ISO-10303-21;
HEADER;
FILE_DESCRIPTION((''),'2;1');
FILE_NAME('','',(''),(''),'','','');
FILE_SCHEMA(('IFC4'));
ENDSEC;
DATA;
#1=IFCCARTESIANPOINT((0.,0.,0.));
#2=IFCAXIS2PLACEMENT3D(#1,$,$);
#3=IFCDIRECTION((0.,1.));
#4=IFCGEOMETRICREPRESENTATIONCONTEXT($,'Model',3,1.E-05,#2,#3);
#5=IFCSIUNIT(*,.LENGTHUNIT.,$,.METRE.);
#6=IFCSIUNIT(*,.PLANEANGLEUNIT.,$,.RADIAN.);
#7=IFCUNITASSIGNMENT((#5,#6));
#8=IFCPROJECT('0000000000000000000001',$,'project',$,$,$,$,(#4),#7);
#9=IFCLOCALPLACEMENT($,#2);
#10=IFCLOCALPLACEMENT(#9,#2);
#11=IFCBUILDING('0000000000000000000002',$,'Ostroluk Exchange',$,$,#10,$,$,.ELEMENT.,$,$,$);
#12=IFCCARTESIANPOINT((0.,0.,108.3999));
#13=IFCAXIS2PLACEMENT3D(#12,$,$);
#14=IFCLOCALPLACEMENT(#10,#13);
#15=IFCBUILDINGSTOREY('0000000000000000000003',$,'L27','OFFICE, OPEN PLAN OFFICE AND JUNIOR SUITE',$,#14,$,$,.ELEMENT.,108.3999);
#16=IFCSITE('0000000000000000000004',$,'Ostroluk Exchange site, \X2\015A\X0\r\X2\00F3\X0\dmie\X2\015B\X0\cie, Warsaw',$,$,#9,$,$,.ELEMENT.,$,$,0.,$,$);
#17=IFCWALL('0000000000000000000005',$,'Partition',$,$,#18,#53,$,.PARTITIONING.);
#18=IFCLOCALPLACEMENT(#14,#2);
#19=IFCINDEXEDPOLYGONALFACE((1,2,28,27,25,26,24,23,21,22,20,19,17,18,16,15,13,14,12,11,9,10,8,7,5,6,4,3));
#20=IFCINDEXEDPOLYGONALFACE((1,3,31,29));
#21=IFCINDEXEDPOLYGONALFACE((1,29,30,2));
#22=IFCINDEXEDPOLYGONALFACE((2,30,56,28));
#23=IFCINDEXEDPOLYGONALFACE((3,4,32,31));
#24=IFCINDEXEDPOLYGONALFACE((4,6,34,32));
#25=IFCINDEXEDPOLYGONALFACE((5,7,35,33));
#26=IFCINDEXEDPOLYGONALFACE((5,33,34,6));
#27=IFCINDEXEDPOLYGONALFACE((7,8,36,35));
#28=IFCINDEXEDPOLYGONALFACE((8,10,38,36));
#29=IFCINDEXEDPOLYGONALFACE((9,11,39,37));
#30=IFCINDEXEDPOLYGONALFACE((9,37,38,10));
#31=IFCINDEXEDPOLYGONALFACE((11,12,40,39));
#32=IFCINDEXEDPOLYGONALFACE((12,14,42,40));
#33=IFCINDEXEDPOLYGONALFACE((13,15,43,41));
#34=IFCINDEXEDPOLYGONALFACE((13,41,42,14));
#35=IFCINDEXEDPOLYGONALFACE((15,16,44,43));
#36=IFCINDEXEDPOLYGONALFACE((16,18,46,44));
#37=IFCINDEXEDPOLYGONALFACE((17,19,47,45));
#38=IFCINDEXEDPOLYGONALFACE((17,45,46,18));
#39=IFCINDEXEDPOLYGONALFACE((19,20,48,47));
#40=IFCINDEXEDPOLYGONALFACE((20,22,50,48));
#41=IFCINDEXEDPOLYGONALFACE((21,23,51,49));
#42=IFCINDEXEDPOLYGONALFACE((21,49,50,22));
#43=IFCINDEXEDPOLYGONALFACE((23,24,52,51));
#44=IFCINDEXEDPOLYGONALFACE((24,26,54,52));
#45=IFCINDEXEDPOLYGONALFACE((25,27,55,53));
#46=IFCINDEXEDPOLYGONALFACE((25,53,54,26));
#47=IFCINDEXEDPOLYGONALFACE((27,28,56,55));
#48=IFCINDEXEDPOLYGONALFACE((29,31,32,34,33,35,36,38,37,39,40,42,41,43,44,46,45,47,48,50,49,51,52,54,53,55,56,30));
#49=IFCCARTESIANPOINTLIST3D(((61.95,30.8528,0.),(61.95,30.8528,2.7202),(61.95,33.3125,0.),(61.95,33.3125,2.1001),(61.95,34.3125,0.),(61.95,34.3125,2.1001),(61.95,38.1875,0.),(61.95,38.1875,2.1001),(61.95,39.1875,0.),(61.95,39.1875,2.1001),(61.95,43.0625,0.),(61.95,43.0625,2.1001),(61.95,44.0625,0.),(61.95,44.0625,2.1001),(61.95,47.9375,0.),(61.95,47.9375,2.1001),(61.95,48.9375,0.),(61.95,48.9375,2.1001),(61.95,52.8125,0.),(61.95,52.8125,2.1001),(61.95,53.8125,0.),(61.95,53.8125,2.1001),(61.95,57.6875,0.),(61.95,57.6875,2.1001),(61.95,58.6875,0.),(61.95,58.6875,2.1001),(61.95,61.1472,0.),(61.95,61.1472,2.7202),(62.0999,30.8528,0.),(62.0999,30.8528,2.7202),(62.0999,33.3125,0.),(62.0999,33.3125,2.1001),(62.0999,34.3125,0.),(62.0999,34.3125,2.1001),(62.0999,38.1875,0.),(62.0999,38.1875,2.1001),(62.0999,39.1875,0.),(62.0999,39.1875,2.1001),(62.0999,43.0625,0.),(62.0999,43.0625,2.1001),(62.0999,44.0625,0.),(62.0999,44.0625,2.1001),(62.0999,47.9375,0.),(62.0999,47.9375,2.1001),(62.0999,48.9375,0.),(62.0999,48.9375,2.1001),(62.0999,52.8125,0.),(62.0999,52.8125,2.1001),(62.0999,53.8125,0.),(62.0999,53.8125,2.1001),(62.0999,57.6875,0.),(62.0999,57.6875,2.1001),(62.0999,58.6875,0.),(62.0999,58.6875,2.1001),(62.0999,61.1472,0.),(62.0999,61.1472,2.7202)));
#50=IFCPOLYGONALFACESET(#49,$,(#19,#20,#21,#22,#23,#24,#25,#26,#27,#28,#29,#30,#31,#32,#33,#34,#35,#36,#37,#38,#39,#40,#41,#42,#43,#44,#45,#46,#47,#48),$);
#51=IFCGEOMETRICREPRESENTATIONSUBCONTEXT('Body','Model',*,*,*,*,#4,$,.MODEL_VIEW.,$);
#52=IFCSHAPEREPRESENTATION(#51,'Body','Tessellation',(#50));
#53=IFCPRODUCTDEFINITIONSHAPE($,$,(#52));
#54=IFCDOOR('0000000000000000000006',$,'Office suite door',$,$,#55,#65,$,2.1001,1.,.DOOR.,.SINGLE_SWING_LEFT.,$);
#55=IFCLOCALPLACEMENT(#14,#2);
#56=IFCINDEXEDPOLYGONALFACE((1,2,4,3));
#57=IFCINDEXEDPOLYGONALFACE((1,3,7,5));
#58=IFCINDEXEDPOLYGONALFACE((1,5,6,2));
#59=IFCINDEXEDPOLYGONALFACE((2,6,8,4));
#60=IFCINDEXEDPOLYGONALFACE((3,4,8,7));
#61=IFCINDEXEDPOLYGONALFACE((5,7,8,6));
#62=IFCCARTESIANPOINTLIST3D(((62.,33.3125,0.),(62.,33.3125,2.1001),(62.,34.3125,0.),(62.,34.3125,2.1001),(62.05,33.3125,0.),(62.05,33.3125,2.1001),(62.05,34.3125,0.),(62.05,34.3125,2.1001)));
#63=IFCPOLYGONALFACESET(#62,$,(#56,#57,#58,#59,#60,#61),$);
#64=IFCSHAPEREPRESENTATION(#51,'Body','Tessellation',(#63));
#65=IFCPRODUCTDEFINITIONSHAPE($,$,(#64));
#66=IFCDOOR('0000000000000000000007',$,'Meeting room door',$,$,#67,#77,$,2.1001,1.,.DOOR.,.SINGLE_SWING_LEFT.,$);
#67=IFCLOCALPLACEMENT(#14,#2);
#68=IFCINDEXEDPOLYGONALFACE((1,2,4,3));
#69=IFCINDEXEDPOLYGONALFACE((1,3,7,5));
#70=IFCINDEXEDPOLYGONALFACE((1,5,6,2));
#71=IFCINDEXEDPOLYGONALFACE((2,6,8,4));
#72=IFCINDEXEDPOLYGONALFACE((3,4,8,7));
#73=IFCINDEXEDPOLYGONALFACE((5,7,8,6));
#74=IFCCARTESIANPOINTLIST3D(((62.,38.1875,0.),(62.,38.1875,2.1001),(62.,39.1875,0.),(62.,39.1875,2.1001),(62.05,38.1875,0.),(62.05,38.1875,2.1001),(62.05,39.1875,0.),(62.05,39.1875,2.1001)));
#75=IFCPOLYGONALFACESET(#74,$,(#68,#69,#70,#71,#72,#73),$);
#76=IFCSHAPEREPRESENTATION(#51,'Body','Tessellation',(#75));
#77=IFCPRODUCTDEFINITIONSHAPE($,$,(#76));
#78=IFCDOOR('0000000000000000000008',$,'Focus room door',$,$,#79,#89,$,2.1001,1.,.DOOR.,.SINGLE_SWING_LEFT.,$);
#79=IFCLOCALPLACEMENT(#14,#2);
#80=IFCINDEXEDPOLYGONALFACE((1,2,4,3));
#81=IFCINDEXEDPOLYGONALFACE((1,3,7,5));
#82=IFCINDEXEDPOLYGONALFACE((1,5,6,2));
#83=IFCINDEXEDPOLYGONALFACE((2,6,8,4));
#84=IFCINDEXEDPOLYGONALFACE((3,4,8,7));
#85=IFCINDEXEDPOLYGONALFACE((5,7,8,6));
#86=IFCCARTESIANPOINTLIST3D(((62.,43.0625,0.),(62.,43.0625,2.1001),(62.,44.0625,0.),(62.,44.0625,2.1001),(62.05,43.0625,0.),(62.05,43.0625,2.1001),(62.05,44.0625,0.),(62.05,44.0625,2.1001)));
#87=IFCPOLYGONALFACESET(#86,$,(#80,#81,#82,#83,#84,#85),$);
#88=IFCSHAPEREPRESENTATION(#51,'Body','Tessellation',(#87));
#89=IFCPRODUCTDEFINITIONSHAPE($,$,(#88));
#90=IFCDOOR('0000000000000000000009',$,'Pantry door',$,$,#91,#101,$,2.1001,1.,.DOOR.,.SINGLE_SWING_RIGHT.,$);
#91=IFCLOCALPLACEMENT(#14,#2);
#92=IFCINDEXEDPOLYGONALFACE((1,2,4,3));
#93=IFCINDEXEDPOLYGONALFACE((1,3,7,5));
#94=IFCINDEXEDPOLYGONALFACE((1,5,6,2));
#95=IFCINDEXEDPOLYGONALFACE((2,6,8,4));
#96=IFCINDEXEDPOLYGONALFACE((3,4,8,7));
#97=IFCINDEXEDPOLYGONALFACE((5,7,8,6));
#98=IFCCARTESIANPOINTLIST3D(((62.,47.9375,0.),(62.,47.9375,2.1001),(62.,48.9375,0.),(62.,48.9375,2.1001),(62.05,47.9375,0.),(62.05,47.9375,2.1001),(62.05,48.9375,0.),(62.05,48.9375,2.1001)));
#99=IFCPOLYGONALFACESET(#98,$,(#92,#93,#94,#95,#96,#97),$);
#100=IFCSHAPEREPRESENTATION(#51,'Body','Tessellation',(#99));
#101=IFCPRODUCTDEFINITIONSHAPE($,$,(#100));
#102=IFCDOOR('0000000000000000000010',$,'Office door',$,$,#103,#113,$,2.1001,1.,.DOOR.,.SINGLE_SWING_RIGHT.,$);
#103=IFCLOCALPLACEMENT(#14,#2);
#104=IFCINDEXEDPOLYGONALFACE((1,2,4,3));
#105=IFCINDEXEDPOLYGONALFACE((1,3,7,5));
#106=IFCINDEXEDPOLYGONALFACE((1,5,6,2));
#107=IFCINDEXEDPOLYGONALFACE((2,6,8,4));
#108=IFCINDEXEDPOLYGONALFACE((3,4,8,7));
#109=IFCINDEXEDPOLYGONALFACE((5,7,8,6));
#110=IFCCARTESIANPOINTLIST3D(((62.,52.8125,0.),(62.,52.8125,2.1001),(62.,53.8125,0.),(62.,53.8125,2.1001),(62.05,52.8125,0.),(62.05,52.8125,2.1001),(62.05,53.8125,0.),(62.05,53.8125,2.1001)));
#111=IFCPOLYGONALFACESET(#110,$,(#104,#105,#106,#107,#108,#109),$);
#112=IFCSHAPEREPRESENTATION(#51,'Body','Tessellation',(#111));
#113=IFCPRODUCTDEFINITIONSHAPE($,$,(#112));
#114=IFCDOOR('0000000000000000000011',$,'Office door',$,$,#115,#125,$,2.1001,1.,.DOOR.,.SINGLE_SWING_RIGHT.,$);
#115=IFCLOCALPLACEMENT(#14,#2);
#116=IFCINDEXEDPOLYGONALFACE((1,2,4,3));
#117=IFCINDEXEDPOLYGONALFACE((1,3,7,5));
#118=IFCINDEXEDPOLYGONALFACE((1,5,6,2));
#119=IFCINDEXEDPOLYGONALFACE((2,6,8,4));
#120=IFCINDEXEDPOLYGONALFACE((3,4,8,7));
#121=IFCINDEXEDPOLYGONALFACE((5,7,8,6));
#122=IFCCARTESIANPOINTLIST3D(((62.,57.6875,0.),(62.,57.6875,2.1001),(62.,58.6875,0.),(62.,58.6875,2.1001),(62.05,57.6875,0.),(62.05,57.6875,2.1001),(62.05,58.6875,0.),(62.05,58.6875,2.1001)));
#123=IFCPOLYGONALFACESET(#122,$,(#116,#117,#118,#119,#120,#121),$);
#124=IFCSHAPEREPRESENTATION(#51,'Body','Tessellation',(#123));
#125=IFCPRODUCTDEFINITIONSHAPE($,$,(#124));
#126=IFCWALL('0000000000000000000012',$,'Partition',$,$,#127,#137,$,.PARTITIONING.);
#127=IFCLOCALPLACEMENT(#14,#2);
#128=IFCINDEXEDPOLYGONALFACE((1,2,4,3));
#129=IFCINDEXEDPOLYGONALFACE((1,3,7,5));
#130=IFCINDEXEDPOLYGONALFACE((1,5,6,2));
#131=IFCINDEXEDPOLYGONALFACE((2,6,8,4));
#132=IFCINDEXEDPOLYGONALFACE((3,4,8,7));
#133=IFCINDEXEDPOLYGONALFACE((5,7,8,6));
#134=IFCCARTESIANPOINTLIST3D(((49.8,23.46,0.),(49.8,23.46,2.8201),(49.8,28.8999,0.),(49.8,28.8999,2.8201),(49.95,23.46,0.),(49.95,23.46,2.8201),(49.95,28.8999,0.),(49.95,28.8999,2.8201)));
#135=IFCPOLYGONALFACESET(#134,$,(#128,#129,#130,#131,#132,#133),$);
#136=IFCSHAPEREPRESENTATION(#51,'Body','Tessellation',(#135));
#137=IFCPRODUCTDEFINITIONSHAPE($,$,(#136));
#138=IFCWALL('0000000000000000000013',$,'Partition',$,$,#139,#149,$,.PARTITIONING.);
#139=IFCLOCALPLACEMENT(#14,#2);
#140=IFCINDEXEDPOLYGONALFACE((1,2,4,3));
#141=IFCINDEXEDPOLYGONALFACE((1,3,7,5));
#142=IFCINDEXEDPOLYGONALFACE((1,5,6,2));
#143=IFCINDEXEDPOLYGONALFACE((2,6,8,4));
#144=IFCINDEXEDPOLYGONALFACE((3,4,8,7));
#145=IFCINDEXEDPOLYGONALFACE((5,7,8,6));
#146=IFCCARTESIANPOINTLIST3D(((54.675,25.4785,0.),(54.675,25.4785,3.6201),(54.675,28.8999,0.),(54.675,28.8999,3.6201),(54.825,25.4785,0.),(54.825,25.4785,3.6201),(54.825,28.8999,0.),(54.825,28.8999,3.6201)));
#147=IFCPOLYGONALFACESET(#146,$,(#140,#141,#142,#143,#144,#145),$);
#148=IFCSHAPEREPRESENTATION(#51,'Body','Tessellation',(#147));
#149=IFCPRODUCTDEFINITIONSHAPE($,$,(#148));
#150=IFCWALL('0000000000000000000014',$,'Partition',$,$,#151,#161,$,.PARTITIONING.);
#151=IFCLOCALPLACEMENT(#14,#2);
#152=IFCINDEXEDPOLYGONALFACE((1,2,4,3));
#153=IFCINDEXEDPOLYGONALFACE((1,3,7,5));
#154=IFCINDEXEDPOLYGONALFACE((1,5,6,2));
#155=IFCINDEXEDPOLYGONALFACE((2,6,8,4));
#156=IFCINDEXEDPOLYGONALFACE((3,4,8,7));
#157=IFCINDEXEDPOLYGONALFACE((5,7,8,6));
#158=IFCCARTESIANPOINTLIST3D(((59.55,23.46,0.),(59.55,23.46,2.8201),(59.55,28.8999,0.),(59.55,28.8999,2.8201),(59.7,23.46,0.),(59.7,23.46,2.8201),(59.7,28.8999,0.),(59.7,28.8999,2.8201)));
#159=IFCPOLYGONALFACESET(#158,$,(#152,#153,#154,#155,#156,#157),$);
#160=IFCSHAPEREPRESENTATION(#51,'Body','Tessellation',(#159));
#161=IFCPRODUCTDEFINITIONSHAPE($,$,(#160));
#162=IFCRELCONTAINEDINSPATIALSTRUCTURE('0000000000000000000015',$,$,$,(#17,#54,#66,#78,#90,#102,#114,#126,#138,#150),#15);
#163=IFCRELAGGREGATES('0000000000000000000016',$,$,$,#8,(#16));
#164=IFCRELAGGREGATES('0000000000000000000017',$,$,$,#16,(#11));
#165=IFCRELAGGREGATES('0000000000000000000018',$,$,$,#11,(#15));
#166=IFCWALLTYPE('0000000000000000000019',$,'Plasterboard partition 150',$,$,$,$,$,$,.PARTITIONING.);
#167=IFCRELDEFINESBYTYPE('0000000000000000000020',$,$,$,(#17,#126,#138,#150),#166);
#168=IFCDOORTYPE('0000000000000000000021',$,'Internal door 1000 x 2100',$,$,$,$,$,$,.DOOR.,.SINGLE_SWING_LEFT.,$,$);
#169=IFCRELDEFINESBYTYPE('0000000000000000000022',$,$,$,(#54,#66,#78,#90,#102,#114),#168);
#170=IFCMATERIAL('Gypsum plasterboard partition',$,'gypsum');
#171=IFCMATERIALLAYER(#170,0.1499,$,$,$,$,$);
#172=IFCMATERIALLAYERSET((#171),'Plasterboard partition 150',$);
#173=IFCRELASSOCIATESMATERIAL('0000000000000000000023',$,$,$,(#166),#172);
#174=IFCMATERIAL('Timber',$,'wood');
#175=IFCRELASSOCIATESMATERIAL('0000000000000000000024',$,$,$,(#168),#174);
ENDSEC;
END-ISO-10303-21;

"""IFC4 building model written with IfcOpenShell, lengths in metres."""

from ifc_helpers import new_model, si_unit, direction, frame, frame_2d, origin, place, context, subcontext, project, spatial, rectangle, extrude, material, layer, layer_set, type_object, element, fill, save


model = new_model("IFC4")

# Units and contexts
model_context = context("Model", 3, precision=1e-05, world=origin(), true_north=direction((0.0, 1.0)))
body_context = subcontext(model_context, "Body", "Model", "MODEL_VIEW")
ifc_project = project(units=[si_unit("LENGTHUNIT", "METRE"), si_unit("PLANEANGLEUNIT", "RADIAN")], contexts=[model_context])

# Site, building, storey
site_placement = place(None, origin())
site = spatial("IfcSite", under=ifc_project, at=site_placement, Name="Ostroluk Exchange site, Śródmieście, Warsaw", CompositionType="ELEMENT", RefElevation=0.0)
building_placement = place(site_placement, origin())
building = spatial("IfcBuilding", under=site, at=building_placement, Name="Ostroluk Exchange", CompositionType="ELEMENT")
storey_placement = place(building_placement, frame((0.0, 0.0, 108.3999)))
storey = spatial("IfcBuildingStorey", under=building, at=storey_placement, Name="L27", Description="OFFICE, OPEN PLAN OFFICE AND JUNIOR SUITE", CompositionType="ELEMENT", Elevation=108.3999)

# Shared definitions
ifc_material_1 = material(Name="Gypsum plasterboard partition", Category="gypsum")
ifc_layer = layer(ifc_material_1, 0.1499)
ifc_layer_set = layer_set([ifc_layer], Name="Plasterboard partition 150")
wall_type = type_object("IfcWallType", Name="Plasterboard partition 150", PredefinedType="PARTITIONING", material=ifc_layer_set)
ifc_material_2 = material(Name="Timber", Category="wood")
door_type = type_object("IfcDoorType", Name="Internal door 1000 x 2100", OperationType="SINGLE_SWING_LEFT", PredefinedType="DOOR", material=ifc_material_2)

# Wall, openings, doors
wall_1_placement = place(storey_placement, frame((62.0249, 30.8528, 0.0), z_axis=(0.0, 0.0, 1.0), x_axis=(0.0, 1.0, 0.0)))
wall_1 = element("IfcWall", 1, at=wall_1_placement, inside=storey, type_object=wall_type, Name="Partition", PredefinedType="PARTITIONING", context=body_context, shape_type="SweptSolid", body=[
    extrude(rectangle(XDim=30.2944, YDim=0.1499, at=frame_2d((15.1472, 0.0))), origin(), (0.0, 0.0, 1.0), 2.7202),
])
opening_1_placement = place(wall_1_placement, frame((2.4597, 0.0, 0.0)))
opening_1 = element("IfcOpeningElement", 2, at=opening_1_placement, cuts=wall_1, PredefinedType="OPENING", context=body_context, shape_type="SweptSolid", body=[
    extrude(rectangle(XDim=1.0, YDim=2.1001, at=frame_2d((0.5, 1.05))), frame((0.0, 0.085, 0.0), z_axis=(0.0, -1.0, 0.0), x_axis=(1.0, 0.0, 0.0)), (0.0, 0.0, 1.0), 0.1699),
])
opening_2_placement = place(wall_1_placement, frame((7.3347, 0.0, 0.0)))
opening_2 = element("IfcOpeningElement", 3, at=opening_2_placement, cuts=wall_1, PredefinedType="OPENING", context=body_context, shape_type="SweptSolid", body=[
    extrude(rectangle(XDim=1.0, YDim=2.1001, at=frame_2d((0.5, 1.05))), frame((0.0, 0.085, 0.0), z_axis=(0.0, -1.0, 0.0), x_axis=(1.0, 0.0, 0.0)), (0.0, 0.0, 1.0), 0.1699),
])
opening_3_placement = place(wall_1_placement, frame((12.2097, 0.0, 0.0)))
opening_3 = element("IfcOpeningElement", 4, at=opening_3_placement, cuts=wall_1, PredefinedType="OPENING", context=body_context, shape_type="SweptSolid", body=[
    extrude(rectangle(XDim=1.0, YDim=2.1001, at=frame_2d((0.5, 1.05))), frame((0.0, 0.085, 0.0), z_axis=(0.0, -1.0, 0.0), x_axis=(1.0, 0.0, 0.0)), (0.0, 0.0, 1.0), 0.1699),
])
opening_4_placement = place(wall_1_placement, frame((17.0847, 0.0, 0.0)))
opening_4 = element("IfcOpeningElement", 5, at=opening_4_placement, cuts=wall_1, PredefinedType="OPENING", context=body_context, shape_type="SweptSolid", body=[
    extrude(rectangle(XDim=1.0, YDim=2.1001, at=frame_2d((0.5, 1.05))), frame((0.0, 0.085, 0.0), z_axis=(0.0, -1.0, 0.0), x_axis=(1.0, 0.0, 0.0)), (0.0, 0.0, 1.0), 0.1699),
])
opening_5_placement = place(wall_1_placement, frame((21.9597, 0.0, 0.0)))
opening_5 = element("IfcOpeningElement", 6, at=opening_5_placement, cuts=wall_1, PredefinedType="OPENING", context=body_context, shape_type="SweptSolid", body=[
    extrude(rectangle(XDim=1.0, YDim=2.1001, at=frame_2d((0.5, 1.05))), frame((0.0, 0.085, 0.0), z_axis=(0.0, -1.0, 0.0), x_axis=(1.0, 0.0, 0.0)), (0.0, 0.0, 1.0), 0.1699),
])
opening_6_placement = place(wall_1_placement, frame((26.8347, 0.0, 0.0)))
opening_6 = element("IfcOpeningElement", 7, at=opening_6_placement, cuts=wall_1, PredefinedType="OPENING", context=body_context, shape_type="SweptSolid", body=[
    extrude(rectangle(XDim=1.0, YDim=2.1001, at=frame_2d((0.5, 1.05))), frame((0.0, 0.085, 0.0), z_axis=(0.0, -1.0, 0.0), x_axis=(1.0, 0.0, 0.0)), (0.0, 0.0, 1.0), 0.1699),
])
door_1_placement = place(opening_1_placement, origin())
door_1 = element("IfcDoor", 8, at=door_1_placement, inside=storey, type_object=door_type, Name="Office suite door", OperationType="SINGLE_SWING_LEFT", OverallHeight=2.1001, OverallWidth=1.0, PredefinedType="DOOR", context=body_context, shape_type="SweptSolid", body=[
    extrude(rectangle(XDim=1.0, YDim=2.1001, at=frame_2d((0.5, 1.05))), frame((0.0, 0.0249, 0.0), z_axis=(0.0, -1.0, 0.0), x_axis=(1.0, 0.0, 0.0)), (0.0, 0.0, 1.0), 0.05),
])
fill(opening_1, door_1)
door_2_placement = place(opening_2_placement, origin())
door_2 = element("IfcDoor", 9, at=door_2_placement, inside=storey, type_object=door_type, Name="Meeting room door", OperationType="SINGLE_SWING_LEFT", OverallHeight=2.1001, OverallWidth=1.0, PredefinedType="DOOR", context=body_context, shape_type="SweptSolid", body=[
    extrude(rectangle(XDim=1.0, YDim=2.1001, at=frame_2d((0.5, 1.05))), frame((0.0, 0.0249, 0.0), z_axis=(0.0, -1.0, 0.0), x_axis=(1.0, 0.0, 0.0)), (0.0, 0.0, 1.0), 0.05),
])
fill(opening_2, door_2)
door_3_placement = place(opening_3_placement, origin())
door_3 = element("IfcDoor", 10, at=door_3_placement, inside=storey, type_object=door_type, Name="Focus room door", OperationType="SINGLE_SWING_LEFT", OverallHeight=2.1001, OverallWidth=1.0, PredefinedType="DOOR", context=body_context, shape_type="SweptSolid", body=[
    extrude(rectangle(XDim=1.0, YDim=2.1001, at=frame_2d((0.5, 1.05))), frame((0.0, 0.0249, 0.0), z_axis=(0.0, -1.0, 0.0), x_axis=(1.0, 0.0, 0.0)), (0.0, 0.0, 1.0), 0.05),
])
fill(opening_3, door_3)
door_4_placement = place(opening_4_placement, origin())
door_4 = element("IfcDoor", 11, at=door_4_placement, inside=storey, type_object=door_type, Name="Pantry door", OperationType="SINGLE_SWING_RIGHT", OverallHeight=2.1001, OverallWidth=1.0, PredefinedType="DOOR", context=body_context, shape_type="SweptSolid", body=[
    extrude(rectangle(XDim=1.0, YDim=2.1001, at=frame_2d((0.5, 1.05))), frame((0.0, 0.0249, 0.0), z_axis=(0.0, -1.0, 0.0), x_axis=(1.0, 0.0, 0.0)), (0.0, 0.0, 1.0), 0.05),
])
fill(opening_4, door_4)
door_5_placement = place(opening_5_placement, origin())
door_5 = element("IfcDoor", 12, at=door_5_placement, inside=storey, type_object=door_type, Name="Office door", OperationType="SINGLE_SWING_RIGHT", OverallHeight=2.1001, OverallWidth=1.0, PredefinedType="DOOR", context=body_context, shape_type="SweptSolid", body=[
    extrude(rectangle(XDim=1.0, YDim=2.1001, at=frame_2d((0.5, 1.05))), frame((0.0, 0.0249, 0.0), z_axis=(0.0, -1.0, 0.0), x_axis=(1.0, 0.0, 0.0)), (0.0, 0.0, 1.0), 0.05),
])
fill(opening_5, door_5)
door_6_placement = place(opening_6_placement, origin())
door_6 = element("IfcDoor", 13, at=door_6_placement, inside=storey, type_object=door_type, Name="Office door", OperationType="SINGLE_SWING_RIGHT", OverallHeight=2.1001, OverallWidth=1.0, PredefinedType="DOOR", context=body_context, shape_type="SweptSolid", body=[
    extrude(rectangle(XDim=1.0, YDim=2.1001, at=frame_2d((0.5, 1.05))), frame((0.0, 0.0249, 0.0), z_axis=(0.0, -1.0, 0.0), x_axis=(1.0, 0.0, 0.0)), (0.0, 0.0, 1.0), 0.05),
])
fill(opening_6, door_6)

# Walls
wall_2_placement = place(storey_placement, frame((49.875, 28.8999, 0.0), z_axis=(0.0, 0.0, 1.0), x_axis=(0.0, -1.0, 0.0)))
element("IfcWall", 14, at=wall_2_placement, inside=storey, type_object=wall_type, Name="Partition", PredefinedType="PARTITIONING", context=body_context, shape_type="SweptSolid", body=[
    extrude(rectangle(XDim=5.4399, YDim=0.1499, at=frame_2d((2.72, 0.0))), origin(), (0.0, 0.0, 1.0), 2.8201),
])
wall_3_placement = place(storey_placement, frame((54.75, 28.8999, 0.0), z_axis=(0.0, 0.0, 1.0), x_axis=(0.0, -1.0, 0.0)))
element("IfcWall", 15, at=wall_3_placement, inside=storey, type_object=wall_type, Name="Partition", PredefinedType="PARTITIONING", context=body_context, shape_type="SweptSolid", body=[
    extrude(rectangle(XDim=3.4214, YDim=0.1499, at=frame_2d((1.7107, 0.0))), origin(), (0.0, 0.0, 1.0), 3.6201),
])
wall_4_placement = place(storey_placement, frame((59.625, 28.8999, 0.0), z_axis=(0.0, 0.0, 1.0), x_axis=(0.0, -1.0, 0.0)))
element("IfcWall", 16, at=wall_4_placement, inside=storey, type_object=wall_type, Name="Partition", PredefinedType="PARTITIONING", context=body_context, shape_type="SweptSolid", body=[
    extrude(rectangle(XDim=5.4399, YDim=0.1499, at=frame_2d((2.72, 0.0))), origin(), (0.0, 0.0, 1.0), 2.8201),
])

save(model, "model.ifc")
